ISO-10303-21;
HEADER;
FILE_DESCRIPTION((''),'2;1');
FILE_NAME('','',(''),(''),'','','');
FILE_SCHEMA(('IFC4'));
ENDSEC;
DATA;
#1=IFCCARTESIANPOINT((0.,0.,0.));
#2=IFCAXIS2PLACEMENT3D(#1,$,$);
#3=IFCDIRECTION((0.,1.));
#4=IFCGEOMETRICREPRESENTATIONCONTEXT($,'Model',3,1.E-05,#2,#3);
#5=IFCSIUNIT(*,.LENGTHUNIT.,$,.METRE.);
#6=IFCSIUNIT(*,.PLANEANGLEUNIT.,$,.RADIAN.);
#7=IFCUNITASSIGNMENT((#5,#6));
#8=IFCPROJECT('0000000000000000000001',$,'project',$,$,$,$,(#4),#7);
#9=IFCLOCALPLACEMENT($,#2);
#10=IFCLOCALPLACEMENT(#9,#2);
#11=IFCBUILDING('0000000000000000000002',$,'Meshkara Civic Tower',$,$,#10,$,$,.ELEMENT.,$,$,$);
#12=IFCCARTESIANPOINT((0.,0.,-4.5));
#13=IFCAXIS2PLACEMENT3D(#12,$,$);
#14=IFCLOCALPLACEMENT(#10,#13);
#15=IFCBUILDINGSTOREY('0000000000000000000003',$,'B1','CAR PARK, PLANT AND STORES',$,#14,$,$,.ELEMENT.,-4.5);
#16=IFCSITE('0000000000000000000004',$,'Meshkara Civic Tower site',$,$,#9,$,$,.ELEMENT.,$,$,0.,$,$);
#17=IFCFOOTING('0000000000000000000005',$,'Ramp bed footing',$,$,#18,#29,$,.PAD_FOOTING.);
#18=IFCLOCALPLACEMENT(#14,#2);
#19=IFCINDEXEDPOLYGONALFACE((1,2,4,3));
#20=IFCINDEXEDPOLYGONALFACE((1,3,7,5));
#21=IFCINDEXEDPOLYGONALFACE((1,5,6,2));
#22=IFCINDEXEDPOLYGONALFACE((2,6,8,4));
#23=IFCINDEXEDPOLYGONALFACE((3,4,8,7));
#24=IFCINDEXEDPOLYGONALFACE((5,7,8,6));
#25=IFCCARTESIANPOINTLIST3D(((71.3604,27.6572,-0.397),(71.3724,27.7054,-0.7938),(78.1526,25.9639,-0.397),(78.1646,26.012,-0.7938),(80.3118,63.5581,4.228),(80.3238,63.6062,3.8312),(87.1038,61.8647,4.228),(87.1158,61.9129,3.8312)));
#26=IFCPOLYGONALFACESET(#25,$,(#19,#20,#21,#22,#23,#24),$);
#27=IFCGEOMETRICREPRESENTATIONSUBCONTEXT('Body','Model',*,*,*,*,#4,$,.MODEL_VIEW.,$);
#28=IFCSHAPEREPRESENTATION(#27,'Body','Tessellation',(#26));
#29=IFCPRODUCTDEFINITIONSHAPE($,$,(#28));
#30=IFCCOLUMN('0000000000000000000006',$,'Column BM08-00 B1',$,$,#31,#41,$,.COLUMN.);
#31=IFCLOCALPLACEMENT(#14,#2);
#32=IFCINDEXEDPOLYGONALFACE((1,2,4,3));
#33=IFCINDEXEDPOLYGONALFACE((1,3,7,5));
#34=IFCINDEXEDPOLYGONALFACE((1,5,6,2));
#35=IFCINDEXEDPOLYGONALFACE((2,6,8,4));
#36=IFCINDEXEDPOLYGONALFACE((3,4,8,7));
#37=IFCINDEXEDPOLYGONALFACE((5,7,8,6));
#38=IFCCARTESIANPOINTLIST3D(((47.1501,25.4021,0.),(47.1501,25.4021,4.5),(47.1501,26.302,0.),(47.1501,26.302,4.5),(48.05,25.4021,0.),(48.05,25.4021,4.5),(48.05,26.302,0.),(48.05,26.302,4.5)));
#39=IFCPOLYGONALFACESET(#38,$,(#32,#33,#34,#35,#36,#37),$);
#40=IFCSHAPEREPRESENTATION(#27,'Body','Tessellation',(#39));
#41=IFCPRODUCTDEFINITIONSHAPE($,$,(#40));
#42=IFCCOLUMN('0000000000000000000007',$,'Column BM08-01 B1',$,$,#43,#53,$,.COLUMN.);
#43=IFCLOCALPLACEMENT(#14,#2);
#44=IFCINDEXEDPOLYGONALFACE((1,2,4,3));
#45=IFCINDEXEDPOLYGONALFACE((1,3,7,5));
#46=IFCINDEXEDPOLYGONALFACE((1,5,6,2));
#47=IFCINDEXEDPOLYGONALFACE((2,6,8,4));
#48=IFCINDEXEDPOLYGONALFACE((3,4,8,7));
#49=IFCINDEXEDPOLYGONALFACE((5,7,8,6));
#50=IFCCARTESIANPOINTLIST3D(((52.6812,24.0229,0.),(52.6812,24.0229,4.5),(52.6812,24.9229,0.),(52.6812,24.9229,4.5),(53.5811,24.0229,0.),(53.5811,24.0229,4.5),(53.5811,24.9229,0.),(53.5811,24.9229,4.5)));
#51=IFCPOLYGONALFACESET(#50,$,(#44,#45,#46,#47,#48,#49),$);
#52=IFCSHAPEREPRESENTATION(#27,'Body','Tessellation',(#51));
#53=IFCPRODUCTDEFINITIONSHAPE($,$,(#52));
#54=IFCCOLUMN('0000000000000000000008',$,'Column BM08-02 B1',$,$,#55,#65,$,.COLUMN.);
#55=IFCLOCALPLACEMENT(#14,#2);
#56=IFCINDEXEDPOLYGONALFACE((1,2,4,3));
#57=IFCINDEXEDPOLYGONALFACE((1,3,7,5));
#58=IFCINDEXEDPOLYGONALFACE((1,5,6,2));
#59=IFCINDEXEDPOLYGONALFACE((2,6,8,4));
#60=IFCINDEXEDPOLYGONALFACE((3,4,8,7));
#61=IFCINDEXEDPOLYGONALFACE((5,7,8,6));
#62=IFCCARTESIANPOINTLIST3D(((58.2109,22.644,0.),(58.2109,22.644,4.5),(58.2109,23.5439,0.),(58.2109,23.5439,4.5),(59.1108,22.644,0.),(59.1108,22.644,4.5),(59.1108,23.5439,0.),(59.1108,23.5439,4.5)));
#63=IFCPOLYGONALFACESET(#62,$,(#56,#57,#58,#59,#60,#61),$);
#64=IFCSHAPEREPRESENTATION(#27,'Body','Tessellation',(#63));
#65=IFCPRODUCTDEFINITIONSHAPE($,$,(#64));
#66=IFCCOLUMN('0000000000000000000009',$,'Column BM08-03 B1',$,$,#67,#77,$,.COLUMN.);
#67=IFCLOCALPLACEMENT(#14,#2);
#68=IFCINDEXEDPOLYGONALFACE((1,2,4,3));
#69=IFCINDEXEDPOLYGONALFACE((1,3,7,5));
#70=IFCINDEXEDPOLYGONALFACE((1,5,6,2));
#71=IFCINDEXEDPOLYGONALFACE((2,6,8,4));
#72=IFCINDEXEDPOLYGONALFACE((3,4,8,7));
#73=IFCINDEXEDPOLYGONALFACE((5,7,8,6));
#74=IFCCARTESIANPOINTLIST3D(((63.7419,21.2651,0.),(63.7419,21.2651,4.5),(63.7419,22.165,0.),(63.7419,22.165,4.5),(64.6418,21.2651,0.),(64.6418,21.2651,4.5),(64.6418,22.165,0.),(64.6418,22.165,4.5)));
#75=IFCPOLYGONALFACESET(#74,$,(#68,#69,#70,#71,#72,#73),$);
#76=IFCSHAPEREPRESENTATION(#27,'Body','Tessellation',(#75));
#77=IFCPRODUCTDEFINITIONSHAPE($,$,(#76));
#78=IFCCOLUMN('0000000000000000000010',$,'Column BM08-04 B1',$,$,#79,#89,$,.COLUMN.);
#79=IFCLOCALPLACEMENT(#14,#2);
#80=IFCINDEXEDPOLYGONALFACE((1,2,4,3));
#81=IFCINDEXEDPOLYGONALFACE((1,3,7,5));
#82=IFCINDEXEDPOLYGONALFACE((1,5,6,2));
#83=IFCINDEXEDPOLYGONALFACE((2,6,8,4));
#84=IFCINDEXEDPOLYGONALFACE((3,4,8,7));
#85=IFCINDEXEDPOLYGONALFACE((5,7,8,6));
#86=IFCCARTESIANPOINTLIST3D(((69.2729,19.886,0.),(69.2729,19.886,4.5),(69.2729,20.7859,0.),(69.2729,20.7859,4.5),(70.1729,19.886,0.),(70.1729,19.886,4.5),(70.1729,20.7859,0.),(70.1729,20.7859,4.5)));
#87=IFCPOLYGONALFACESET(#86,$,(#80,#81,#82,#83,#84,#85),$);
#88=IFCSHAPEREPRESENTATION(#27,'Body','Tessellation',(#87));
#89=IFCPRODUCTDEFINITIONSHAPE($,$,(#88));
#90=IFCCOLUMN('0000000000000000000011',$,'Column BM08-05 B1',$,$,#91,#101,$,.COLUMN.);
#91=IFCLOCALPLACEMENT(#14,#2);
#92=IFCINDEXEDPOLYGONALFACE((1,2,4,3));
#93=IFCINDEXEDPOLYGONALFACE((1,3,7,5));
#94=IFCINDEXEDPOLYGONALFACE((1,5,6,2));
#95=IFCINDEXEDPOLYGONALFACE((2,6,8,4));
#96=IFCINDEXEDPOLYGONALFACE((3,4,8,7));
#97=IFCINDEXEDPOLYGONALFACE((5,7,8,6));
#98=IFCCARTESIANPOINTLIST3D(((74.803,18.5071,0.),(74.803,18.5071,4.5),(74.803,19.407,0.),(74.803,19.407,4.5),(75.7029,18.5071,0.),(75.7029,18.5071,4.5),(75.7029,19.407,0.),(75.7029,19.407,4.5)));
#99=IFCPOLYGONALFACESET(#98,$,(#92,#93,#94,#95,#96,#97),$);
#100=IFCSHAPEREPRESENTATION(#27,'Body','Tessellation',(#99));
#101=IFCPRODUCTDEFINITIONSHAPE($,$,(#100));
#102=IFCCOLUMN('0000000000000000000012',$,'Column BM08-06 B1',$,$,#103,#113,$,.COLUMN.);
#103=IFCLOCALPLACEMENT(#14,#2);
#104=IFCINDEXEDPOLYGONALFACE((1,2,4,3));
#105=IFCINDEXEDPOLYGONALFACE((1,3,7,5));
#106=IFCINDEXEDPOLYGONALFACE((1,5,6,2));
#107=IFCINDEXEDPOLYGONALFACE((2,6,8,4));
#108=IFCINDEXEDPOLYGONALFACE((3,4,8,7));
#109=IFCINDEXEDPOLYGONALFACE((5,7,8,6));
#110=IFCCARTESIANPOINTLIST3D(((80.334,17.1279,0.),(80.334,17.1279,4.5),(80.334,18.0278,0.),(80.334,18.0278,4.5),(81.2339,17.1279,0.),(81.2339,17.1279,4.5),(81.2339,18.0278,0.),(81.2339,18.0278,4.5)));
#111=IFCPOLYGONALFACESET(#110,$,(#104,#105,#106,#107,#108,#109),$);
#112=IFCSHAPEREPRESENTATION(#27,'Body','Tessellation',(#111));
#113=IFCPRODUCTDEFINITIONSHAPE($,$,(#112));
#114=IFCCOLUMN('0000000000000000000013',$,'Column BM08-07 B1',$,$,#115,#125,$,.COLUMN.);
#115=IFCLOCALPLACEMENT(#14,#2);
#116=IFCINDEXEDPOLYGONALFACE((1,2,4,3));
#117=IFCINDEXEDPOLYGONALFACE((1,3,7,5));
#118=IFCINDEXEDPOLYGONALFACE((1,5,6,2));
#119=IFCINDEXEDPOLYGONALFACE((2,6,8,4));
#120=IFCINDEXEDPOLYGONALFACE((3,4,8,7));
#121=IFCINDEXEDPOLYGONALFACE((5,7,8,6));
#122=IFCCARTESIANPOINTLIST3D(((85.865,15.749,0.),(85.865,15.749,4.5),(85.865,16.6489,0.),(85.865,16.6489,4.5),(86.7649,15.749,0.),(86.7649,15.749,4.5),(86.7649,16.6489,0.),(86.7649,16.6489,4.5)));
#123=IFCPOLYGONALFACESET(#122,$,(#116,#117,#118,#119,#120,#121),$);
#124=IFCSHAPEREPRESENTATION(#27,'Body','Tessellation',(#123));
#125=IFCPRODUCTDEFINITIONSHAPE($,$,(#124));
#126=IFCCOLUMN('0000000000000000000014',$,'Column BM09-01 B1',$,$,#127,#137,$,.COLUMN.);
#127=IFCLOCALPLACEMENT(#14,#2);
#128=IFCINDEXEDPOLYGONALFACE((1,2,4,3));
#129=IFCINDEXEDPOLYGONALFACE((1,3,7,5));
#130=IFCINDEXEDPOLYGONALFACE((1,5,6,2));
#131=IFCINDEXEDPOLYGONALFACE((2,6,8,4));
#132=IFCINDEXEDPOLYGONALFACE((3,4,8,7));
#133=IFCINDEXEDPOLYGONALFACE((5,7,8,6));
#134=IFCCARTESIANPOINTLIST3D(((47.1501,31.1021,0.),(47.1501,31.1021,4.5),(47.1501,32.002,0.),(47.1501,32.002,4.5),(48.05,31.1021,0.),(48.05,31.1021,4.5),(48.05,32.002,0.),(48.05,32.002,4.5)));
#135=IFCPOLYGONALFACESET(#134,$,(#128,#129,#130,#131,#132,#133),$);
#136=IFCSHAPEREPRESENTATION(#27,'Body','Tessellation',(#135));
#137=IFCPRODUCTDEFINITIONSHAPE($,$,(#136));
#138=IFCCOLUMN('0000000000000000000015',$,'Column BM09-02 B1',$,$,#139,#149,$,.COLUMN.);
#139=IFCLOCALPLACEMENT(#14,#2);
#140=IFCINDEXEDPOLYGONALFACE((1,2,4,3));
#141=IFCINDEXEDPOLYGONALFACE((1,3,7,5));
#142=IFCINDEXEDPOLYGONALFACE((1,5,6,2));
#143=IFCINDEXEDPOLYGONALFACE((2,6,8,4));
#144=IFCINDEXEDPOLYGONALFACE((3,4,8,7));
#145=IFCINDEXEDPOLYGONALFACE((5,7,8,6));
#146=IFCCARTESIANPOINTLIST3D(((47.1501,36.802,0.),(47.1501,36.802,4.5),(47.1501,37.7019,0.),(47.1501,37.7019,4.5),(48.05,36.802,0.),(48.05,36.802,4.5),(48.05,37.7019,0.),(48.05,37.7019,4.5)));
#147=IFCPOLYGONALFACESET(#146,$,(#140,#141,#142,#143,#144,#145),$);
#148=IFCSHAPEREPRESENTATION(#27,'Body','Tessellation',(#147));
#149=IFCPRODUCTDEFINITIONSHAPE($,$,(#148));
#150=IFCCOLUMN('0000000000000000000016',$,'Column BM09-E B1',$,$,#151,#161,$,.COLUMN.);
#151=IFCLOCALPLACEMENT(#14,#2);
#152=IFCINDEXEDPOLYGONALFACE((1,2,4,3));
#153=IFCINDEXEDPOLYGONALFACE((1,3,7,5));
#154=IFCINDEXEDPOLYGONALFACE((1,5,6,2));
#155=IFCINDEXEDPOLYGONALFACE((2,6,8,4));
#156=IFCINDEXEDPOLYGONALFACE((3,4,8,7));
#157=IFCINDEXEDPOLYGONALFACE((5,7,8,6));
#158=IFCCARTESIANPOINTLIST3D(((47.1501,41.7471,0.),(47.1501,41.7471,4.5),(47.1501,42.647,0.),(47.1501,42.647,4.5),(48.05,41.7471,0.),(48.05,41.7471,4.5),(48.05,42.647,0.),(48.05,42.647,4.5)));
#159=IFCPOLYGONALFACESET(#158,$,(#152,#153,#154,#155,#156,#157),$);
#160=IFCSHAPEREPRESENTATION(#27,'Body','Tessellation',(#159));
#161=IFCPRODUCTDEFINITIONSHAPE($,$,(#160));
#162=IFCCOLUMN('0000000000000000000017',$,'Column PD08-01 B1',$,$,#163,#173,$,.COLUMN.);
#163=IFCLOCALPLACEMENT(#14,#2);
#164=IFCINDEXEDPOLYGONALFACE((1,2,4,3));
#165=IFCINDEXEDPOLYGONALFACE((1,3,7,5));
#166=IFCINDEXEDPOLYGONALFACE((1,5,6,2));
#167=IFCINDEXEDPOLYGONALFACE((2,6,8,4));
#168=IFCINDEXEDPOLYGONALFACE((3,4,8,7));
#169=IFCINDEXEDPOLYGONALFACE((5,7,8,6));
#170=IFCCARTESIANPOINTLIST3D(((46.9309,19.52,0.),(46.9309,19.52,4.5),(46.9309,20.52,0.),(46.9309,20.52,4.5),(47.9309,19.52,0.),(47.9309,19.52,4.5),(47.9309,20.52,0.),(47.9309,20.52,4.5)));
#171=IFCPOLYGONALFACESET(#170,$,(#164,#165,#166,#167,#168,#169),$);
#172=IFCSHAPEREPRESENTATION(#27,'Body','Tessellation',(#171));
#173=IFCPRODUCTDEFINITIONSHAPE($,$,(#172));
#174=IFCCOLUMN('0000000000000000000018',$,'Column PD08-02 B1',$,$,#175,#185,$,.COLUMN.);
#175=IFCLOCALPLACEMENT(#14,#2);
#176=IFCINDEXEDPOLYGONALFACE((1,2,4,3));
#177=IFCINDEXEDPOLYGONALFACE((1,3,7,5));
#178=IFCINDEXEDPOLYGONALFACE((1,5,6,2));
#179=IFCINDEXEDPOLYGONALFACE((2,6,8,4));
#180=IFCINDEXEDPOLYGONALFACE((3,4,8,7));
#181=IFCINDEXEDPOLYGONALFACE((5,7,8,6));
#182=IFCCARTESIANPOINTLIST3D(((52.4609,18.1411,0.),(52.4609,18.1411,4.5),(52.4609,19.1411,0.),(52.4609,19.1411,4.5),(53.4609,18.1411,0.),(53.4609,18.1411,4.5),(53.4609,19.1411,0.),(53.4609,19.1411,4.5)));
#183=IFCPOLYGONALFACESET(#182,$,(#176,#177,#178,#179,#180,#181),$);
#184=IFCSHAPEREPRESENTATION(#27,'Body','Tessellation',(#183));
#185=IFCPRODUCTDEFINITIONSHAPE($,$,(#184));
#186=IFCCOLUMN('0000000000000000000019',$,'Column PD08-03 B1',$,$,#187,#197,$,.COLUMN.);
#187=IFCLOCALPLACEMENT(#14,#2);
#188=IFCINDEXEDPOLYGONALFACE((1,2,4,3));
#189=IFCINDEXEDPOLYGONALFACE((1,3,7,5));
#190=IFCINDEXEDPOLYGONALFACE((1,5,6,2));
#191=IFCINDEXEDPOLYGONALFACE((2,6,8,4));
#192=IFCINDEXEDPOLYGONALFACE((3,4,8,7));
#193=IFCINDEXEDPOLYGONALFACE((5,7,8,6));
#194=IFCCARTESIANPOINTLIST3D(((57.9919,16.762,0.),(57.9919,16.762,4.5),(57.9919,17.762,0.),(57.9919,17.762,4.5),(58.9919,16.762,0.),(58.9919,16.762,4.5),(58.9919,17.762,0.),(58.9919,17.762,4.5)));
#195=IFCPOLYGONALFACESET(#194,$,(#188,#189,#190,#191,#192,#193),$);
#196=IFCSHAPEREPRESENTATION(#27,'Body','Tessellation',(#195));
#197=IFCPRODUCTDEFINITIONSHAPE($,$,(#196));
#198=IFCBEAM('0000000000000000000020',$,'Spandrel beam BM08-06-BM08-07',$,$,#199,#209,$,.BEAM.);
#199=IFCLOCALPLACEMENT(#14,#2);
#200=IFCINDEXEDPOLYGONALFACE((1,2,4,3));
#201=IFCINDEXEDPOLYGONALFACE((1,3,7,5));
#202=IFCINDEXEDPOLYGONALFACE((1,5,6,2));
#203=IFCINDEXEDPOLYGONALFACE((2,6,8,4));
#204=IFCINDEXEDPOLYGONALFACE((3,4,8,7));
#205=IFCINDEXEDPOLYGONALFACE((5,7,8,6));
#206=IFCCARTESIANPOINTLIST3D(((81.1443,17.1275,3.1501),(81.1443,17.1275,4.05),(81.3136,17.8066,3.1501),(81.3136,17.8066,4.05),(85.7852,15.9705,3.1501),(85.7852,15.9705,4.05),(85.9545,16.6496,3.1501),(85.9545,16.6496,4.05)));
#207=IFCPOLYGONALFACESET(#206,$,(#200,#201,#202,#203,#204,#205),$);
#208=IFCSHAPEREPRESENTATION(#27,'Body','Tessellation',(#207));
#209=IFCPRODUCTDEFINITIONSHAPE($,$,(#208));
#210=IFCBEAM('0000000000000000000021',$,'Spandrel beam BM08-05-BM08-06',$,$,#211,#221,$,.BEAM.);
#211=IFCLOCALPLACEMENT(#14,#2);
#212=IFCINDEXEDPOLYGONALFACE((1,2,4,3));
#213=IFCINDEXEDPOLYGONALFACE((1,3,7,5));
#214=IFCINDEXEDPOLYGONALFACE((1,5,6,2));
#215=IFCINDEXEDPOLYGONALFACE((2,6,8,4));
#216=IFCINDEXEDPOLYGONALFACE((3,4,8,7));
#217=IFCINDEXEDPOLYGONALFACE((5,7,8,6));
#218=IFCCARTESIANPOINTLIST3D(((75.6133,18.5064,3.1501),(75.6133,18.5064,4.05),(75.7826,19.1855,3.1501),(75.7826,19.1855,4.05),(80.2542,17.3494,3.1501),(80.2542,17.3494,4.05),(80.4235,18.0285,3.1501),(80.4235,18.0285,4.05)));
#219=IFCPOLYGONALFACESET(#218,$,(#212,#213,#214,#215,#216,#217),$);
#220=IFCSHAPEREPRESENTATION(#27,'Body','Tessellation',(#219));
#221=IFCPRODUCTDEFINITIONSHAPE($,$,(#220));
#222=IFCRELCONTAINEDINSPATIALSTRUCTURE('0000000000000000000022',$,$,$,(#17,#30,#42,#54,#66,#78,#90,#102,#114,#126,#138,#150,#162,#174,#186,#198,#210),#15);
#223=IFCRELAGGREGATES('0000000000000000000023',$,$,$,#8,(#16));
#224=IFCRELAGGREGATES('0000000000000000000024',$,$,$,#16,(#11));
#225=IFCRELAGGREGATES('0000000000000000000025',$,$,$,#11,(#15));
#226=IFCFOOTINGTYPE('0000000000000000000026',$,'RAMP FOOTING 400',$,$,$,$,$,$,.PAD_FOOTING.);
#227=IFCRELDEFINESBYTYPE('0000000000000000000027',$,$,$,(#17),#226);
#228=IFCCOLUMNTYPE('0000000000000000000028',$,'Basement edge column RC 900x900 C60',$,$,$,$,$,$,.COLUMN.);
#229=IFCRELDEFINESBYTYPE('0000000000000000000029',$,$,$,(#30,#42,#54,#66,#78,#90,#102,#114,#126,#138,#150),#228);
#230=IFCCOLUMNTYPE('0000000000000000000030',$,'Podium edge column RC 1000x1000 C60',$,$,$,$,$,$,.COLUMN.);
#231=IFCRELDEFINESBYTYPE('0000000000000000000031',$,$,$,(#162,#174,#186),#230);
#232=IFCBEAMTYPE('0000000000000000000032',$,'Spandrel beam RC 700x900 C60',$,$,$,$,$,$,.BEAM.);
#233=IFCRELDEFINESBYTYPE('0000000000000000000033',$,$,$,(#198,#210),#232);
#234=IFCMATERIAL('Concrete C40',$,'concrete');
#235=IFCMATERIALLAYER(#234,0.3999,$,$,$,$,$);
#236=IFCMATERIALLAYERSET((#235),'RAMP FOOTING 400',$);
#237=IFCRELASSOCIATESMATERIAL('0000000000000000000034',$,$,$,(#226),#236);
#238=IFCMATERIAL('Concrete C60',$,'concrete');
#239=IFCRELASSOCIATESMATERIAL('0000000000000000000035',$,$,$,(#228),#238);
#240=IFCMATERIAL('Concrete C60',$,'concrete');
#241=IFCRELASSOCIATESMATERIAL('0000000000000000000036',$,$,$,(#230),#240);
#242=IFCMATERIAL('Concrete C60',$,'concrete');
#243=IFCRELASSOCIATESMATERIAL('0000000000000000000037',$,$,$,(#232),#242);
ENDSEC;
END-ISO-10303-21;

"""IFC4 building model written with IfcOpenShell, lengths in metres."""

from ifc_helpers import new_model, si_unit, direction, frame, origin, origin_2d, place, context, subcontext, project, spatial, polyline, rectangle, outline, extrude, material, layer, layer_set, material_profile, profile_set, type_object, element, save


model = new_model("IFC4")

# Units and contexts
model_context = context("Model", 3, precision=1e-05, world=origin(), true_north=direction((0.0, 1.0)))
body_context = subcontext(model_context, "Body", "Model", "MODEL_VIEW")
ifc_project = project(units=[si_unit("LENGTHUNIT", "METRE"), si_unit("PLANEANGLEUNIT", "RADIAN")], contexts=[model_context])

# Site, building, storey
site_placement = place(None, origin())
site = spatial("IfcSite", under=ifc_project, at=site_placement, Name="Meshkara Civic Tower site", CompositionType="ELEMENT", RefElevation=0.0)
building_placement = place(site_placement, origin())
building = spatial("IfcBuilding", under=site, at=building_placement, Name="Meshkara Civic Tower", CompositionType="ELEMENT")
storey_placement = place(building_placement, frame((0.0, 0.0, -4.5)))
storey = spatial("IfcBuildingStorey", under=building, at=storey_placement, Name="B1", Description="CAR PARK, PLANT AND STORES", CompositionType="ELEMENT", Elevation=-4.5)

# Footing
ifc_material_1 = material(Name="Concrete C40", Category="concrete")
ifc_layer_1 = layer(ifc_material_1, 0.3999)
ifc_layer_set_1 = layer_set([ifc_layer_1], Name="RAMP FOOTING 400")
footing_type = type_object("IfcFootingType", Name="RAMP FOOTING 400", PredefinedType="PAD_FOOTING", material=ifc_layer_set_1)
footing_placement = place(storey_placement, frame((78.1526, 25.9639, -0.397), z_axis=(-0.030005, -0.120351, 0.992278), x_axis=(-0.9703, 0.241904, -0.000001)))
element("IfcFooting", 1, at=footing_placement, inside=storey, type_object=footing_type, Name="Ramp bed footing", PredefinedType="PAD_FOOTING", context=body_context, shape_type="SweptSolid", body=[
    extrude(outline(polyline([(0.0, 0.0), (7.0001, 0.0), (6.9991, -37.288), (-0.0008, -37.2879), (0.0, 0.0)])), origin(), (0.0, 0.0, -1.0), 0.3999),
])

# Columns
ifc_material_2 = material(Name="Concrete C60", Category="concrete")
ifc_material_profile_1 = material_profile(ifc_material_2, rectangle(XDim=0.8999, YDim=0.8999, at=origin_2d()))
ifc_profile_set_1 = profile_set([ifc_material_profile_1], Name="Concrete C60")
column_type_1 = type_object("IfcColumnType", Name="Basement edge column RC 900x900 C60", PredefinedType="COLUMN", material=ifc_profile_set_1)
for number, where, z_axis, x_axis, name in (
    (2, (47.6001, 25.8521, 0.0), (0.0, 0.0, 1.0), (1.0, 0.0, 0.0), "Column BM08-00 B1"),
    (3, (53.1311, 24.4729, 0.0), (0.0, 0.0, 1.0), (1.0, 0.0, 0.0), "Column BM08-01 B1"),
    (4, (58.6609, 23.094, 0.0), (0.0, 0.0, 1.0), (1.0, 0.0, 0.0), "Column BM08-02 B1"),
    (5, (64.1919, 21.7151, 0.0), (0.0, 0.0, 1.0), (1.0, 0.0, 0.0), "Column BM08-03 B1"),
    (6, (69.7229, 20.3359, 0.0), (0.0, 0.0, 1.0), (1.0, 0.0, 0.0), "Column BM08-04 B1"),
    (7, (75.2529, 18.957, 0.0), (0.0, 0.0, 1.0), (1.0, 0.0, 0.0), "Column BM08-05 B1"),
    (8, (80.7839, 17.5779, 0.0), (0.0, 0.0, 1.0), (1.0, 0.0, 0.0), "Column BM08-06 B1"),
    (9, (86.3149, 16.199, 0.0), (0.0, 0.0, 1.0), (1.0, 0.0, 0.0), "Column BM08-07 B1"),
    (10, (47.6001, 31.552, 0.0), (0.0, 0.0, 1.0), (1.0, 0.0, 0.0), "Column BM09-01 B1"),
    (11, (47.6001, 37.252, 0.0), (0.0, 0.0, 1.0), (1.0, 0.0, 0.0), "Column BM09-02 B1"),
    (12, (47.6001, 42.197, 0.0), (0.0, 0.0, 1.0), (1.0, 0.0, 0.0), "Column BM09-E B1"),
):
    element("IfcColumn", number, at=place(storey_placement, frame(where, z_axis=z_axis, x_axis=x_axis)), inside=storey, type_object=column_type_1, Name=name, PredefinedType="COLUMN", context=body_context, shape_type="SweptSolid", body=[
        extrude(rectangle(XDim=0.8999, YDim=0.8999, at=origin_2d()), origin(), (0.0, 0.0, 1.0), 4.5),
    ])
ifc_material_3 = material(Name="Concrete C60", Category="concrete")
ifc_material_profile_2 = material_profile(ifc_material_3, rectangle(XDim=1.0, YDim=1.0, at=origin_2d()))
ifc_profile_set_2 = profile_set([ifc_material_profile_2], Name="Concrete C60")
column_type_2 = type_object("IfcColumnType", Name="Podium edge column RC 1000x1000 C60", PredefinedType="COLUMN", material=ifc_profile_set_2)
for number, where, z_axis, x_axis, name in (
    (13, (47.4309, 20.02, 0.0), (0.0, 0.0, 1.0), (1.0, 0.0, 0.0), "Column PD08-01 B1"),
    (14, (52.9609, 18.6411, 0.0), (0.0, 0.0, 1.0), (1.0, 0.0, 0.0), "Column PD08-02 B1"),
    (15, (58.4919, 17.262, 0.0), (0.0, 0.0, 1.0), (1.0, 0.0, 0.0), "Column PD08-03 B1"),
):
    element("IfcColumn", number, at=place(storey_placement, frame(where, z_axis=z_axis, x_axis=x_axis)), inside=storey, type_object=column_type_2, Name=name, PredefinedType="COLUMN", context=body_context, shape_type="SweptSolid", body=[
        extrude(rectangle(XDim=1.0, YDim=1.0, at=origin_2d()), origin(), (0.0, 0.0, 1.0), 4.5),
    ])

# Beams
ifc_material_4 = material(Name="Concrete C60", Category="concrete")
ifc_material_profile_3 = material_profile(ifc_material_4, rectangle(XDim=0.7, YDim=0.8999, at=origin_2d()))
ifc_profile_set_3 = profile_set([ifc_material_profile_3], Name="Concrete C60")
beam_type = type_object("IfcBeamType", Name="Spandrel beam RC 700x900 C60", PredefinedType="BEAM", material=ifc_profile_set_3)
for number, where, z_axis, x_axis, name in (
    (16, (85.8699, 16.3101, 3.6001), (-0.970301, 0.241899, 0.0), (-0.241899, -0.970301, 0.0), "Spandrel beam BM08-06-BM08-07"),
    (17, (80.3389, 17.689, 3.6001), (-0.970301, 0.241899, 0.0), (-0.241899, -0.970301, 0.0), "Spandrel beam BM08-05-BM08-06"),
):
    element("IfcBeam", number, at=place(storey_placement, frame(where, z_axis=z_axis, x_axis=x_axis)), inside=storey, type_object=beam_type, Name=name, PredefinedType="BEAM", context=body_context, shape_type="SweptSolid", body=[
        extrude(rectangle(XDim=0.7, YDim=0.8999, at=origin_2d()), origin(), (0.0, 0.0, 1.0), 4.783),
    ])

save(model, "model.ifc")
